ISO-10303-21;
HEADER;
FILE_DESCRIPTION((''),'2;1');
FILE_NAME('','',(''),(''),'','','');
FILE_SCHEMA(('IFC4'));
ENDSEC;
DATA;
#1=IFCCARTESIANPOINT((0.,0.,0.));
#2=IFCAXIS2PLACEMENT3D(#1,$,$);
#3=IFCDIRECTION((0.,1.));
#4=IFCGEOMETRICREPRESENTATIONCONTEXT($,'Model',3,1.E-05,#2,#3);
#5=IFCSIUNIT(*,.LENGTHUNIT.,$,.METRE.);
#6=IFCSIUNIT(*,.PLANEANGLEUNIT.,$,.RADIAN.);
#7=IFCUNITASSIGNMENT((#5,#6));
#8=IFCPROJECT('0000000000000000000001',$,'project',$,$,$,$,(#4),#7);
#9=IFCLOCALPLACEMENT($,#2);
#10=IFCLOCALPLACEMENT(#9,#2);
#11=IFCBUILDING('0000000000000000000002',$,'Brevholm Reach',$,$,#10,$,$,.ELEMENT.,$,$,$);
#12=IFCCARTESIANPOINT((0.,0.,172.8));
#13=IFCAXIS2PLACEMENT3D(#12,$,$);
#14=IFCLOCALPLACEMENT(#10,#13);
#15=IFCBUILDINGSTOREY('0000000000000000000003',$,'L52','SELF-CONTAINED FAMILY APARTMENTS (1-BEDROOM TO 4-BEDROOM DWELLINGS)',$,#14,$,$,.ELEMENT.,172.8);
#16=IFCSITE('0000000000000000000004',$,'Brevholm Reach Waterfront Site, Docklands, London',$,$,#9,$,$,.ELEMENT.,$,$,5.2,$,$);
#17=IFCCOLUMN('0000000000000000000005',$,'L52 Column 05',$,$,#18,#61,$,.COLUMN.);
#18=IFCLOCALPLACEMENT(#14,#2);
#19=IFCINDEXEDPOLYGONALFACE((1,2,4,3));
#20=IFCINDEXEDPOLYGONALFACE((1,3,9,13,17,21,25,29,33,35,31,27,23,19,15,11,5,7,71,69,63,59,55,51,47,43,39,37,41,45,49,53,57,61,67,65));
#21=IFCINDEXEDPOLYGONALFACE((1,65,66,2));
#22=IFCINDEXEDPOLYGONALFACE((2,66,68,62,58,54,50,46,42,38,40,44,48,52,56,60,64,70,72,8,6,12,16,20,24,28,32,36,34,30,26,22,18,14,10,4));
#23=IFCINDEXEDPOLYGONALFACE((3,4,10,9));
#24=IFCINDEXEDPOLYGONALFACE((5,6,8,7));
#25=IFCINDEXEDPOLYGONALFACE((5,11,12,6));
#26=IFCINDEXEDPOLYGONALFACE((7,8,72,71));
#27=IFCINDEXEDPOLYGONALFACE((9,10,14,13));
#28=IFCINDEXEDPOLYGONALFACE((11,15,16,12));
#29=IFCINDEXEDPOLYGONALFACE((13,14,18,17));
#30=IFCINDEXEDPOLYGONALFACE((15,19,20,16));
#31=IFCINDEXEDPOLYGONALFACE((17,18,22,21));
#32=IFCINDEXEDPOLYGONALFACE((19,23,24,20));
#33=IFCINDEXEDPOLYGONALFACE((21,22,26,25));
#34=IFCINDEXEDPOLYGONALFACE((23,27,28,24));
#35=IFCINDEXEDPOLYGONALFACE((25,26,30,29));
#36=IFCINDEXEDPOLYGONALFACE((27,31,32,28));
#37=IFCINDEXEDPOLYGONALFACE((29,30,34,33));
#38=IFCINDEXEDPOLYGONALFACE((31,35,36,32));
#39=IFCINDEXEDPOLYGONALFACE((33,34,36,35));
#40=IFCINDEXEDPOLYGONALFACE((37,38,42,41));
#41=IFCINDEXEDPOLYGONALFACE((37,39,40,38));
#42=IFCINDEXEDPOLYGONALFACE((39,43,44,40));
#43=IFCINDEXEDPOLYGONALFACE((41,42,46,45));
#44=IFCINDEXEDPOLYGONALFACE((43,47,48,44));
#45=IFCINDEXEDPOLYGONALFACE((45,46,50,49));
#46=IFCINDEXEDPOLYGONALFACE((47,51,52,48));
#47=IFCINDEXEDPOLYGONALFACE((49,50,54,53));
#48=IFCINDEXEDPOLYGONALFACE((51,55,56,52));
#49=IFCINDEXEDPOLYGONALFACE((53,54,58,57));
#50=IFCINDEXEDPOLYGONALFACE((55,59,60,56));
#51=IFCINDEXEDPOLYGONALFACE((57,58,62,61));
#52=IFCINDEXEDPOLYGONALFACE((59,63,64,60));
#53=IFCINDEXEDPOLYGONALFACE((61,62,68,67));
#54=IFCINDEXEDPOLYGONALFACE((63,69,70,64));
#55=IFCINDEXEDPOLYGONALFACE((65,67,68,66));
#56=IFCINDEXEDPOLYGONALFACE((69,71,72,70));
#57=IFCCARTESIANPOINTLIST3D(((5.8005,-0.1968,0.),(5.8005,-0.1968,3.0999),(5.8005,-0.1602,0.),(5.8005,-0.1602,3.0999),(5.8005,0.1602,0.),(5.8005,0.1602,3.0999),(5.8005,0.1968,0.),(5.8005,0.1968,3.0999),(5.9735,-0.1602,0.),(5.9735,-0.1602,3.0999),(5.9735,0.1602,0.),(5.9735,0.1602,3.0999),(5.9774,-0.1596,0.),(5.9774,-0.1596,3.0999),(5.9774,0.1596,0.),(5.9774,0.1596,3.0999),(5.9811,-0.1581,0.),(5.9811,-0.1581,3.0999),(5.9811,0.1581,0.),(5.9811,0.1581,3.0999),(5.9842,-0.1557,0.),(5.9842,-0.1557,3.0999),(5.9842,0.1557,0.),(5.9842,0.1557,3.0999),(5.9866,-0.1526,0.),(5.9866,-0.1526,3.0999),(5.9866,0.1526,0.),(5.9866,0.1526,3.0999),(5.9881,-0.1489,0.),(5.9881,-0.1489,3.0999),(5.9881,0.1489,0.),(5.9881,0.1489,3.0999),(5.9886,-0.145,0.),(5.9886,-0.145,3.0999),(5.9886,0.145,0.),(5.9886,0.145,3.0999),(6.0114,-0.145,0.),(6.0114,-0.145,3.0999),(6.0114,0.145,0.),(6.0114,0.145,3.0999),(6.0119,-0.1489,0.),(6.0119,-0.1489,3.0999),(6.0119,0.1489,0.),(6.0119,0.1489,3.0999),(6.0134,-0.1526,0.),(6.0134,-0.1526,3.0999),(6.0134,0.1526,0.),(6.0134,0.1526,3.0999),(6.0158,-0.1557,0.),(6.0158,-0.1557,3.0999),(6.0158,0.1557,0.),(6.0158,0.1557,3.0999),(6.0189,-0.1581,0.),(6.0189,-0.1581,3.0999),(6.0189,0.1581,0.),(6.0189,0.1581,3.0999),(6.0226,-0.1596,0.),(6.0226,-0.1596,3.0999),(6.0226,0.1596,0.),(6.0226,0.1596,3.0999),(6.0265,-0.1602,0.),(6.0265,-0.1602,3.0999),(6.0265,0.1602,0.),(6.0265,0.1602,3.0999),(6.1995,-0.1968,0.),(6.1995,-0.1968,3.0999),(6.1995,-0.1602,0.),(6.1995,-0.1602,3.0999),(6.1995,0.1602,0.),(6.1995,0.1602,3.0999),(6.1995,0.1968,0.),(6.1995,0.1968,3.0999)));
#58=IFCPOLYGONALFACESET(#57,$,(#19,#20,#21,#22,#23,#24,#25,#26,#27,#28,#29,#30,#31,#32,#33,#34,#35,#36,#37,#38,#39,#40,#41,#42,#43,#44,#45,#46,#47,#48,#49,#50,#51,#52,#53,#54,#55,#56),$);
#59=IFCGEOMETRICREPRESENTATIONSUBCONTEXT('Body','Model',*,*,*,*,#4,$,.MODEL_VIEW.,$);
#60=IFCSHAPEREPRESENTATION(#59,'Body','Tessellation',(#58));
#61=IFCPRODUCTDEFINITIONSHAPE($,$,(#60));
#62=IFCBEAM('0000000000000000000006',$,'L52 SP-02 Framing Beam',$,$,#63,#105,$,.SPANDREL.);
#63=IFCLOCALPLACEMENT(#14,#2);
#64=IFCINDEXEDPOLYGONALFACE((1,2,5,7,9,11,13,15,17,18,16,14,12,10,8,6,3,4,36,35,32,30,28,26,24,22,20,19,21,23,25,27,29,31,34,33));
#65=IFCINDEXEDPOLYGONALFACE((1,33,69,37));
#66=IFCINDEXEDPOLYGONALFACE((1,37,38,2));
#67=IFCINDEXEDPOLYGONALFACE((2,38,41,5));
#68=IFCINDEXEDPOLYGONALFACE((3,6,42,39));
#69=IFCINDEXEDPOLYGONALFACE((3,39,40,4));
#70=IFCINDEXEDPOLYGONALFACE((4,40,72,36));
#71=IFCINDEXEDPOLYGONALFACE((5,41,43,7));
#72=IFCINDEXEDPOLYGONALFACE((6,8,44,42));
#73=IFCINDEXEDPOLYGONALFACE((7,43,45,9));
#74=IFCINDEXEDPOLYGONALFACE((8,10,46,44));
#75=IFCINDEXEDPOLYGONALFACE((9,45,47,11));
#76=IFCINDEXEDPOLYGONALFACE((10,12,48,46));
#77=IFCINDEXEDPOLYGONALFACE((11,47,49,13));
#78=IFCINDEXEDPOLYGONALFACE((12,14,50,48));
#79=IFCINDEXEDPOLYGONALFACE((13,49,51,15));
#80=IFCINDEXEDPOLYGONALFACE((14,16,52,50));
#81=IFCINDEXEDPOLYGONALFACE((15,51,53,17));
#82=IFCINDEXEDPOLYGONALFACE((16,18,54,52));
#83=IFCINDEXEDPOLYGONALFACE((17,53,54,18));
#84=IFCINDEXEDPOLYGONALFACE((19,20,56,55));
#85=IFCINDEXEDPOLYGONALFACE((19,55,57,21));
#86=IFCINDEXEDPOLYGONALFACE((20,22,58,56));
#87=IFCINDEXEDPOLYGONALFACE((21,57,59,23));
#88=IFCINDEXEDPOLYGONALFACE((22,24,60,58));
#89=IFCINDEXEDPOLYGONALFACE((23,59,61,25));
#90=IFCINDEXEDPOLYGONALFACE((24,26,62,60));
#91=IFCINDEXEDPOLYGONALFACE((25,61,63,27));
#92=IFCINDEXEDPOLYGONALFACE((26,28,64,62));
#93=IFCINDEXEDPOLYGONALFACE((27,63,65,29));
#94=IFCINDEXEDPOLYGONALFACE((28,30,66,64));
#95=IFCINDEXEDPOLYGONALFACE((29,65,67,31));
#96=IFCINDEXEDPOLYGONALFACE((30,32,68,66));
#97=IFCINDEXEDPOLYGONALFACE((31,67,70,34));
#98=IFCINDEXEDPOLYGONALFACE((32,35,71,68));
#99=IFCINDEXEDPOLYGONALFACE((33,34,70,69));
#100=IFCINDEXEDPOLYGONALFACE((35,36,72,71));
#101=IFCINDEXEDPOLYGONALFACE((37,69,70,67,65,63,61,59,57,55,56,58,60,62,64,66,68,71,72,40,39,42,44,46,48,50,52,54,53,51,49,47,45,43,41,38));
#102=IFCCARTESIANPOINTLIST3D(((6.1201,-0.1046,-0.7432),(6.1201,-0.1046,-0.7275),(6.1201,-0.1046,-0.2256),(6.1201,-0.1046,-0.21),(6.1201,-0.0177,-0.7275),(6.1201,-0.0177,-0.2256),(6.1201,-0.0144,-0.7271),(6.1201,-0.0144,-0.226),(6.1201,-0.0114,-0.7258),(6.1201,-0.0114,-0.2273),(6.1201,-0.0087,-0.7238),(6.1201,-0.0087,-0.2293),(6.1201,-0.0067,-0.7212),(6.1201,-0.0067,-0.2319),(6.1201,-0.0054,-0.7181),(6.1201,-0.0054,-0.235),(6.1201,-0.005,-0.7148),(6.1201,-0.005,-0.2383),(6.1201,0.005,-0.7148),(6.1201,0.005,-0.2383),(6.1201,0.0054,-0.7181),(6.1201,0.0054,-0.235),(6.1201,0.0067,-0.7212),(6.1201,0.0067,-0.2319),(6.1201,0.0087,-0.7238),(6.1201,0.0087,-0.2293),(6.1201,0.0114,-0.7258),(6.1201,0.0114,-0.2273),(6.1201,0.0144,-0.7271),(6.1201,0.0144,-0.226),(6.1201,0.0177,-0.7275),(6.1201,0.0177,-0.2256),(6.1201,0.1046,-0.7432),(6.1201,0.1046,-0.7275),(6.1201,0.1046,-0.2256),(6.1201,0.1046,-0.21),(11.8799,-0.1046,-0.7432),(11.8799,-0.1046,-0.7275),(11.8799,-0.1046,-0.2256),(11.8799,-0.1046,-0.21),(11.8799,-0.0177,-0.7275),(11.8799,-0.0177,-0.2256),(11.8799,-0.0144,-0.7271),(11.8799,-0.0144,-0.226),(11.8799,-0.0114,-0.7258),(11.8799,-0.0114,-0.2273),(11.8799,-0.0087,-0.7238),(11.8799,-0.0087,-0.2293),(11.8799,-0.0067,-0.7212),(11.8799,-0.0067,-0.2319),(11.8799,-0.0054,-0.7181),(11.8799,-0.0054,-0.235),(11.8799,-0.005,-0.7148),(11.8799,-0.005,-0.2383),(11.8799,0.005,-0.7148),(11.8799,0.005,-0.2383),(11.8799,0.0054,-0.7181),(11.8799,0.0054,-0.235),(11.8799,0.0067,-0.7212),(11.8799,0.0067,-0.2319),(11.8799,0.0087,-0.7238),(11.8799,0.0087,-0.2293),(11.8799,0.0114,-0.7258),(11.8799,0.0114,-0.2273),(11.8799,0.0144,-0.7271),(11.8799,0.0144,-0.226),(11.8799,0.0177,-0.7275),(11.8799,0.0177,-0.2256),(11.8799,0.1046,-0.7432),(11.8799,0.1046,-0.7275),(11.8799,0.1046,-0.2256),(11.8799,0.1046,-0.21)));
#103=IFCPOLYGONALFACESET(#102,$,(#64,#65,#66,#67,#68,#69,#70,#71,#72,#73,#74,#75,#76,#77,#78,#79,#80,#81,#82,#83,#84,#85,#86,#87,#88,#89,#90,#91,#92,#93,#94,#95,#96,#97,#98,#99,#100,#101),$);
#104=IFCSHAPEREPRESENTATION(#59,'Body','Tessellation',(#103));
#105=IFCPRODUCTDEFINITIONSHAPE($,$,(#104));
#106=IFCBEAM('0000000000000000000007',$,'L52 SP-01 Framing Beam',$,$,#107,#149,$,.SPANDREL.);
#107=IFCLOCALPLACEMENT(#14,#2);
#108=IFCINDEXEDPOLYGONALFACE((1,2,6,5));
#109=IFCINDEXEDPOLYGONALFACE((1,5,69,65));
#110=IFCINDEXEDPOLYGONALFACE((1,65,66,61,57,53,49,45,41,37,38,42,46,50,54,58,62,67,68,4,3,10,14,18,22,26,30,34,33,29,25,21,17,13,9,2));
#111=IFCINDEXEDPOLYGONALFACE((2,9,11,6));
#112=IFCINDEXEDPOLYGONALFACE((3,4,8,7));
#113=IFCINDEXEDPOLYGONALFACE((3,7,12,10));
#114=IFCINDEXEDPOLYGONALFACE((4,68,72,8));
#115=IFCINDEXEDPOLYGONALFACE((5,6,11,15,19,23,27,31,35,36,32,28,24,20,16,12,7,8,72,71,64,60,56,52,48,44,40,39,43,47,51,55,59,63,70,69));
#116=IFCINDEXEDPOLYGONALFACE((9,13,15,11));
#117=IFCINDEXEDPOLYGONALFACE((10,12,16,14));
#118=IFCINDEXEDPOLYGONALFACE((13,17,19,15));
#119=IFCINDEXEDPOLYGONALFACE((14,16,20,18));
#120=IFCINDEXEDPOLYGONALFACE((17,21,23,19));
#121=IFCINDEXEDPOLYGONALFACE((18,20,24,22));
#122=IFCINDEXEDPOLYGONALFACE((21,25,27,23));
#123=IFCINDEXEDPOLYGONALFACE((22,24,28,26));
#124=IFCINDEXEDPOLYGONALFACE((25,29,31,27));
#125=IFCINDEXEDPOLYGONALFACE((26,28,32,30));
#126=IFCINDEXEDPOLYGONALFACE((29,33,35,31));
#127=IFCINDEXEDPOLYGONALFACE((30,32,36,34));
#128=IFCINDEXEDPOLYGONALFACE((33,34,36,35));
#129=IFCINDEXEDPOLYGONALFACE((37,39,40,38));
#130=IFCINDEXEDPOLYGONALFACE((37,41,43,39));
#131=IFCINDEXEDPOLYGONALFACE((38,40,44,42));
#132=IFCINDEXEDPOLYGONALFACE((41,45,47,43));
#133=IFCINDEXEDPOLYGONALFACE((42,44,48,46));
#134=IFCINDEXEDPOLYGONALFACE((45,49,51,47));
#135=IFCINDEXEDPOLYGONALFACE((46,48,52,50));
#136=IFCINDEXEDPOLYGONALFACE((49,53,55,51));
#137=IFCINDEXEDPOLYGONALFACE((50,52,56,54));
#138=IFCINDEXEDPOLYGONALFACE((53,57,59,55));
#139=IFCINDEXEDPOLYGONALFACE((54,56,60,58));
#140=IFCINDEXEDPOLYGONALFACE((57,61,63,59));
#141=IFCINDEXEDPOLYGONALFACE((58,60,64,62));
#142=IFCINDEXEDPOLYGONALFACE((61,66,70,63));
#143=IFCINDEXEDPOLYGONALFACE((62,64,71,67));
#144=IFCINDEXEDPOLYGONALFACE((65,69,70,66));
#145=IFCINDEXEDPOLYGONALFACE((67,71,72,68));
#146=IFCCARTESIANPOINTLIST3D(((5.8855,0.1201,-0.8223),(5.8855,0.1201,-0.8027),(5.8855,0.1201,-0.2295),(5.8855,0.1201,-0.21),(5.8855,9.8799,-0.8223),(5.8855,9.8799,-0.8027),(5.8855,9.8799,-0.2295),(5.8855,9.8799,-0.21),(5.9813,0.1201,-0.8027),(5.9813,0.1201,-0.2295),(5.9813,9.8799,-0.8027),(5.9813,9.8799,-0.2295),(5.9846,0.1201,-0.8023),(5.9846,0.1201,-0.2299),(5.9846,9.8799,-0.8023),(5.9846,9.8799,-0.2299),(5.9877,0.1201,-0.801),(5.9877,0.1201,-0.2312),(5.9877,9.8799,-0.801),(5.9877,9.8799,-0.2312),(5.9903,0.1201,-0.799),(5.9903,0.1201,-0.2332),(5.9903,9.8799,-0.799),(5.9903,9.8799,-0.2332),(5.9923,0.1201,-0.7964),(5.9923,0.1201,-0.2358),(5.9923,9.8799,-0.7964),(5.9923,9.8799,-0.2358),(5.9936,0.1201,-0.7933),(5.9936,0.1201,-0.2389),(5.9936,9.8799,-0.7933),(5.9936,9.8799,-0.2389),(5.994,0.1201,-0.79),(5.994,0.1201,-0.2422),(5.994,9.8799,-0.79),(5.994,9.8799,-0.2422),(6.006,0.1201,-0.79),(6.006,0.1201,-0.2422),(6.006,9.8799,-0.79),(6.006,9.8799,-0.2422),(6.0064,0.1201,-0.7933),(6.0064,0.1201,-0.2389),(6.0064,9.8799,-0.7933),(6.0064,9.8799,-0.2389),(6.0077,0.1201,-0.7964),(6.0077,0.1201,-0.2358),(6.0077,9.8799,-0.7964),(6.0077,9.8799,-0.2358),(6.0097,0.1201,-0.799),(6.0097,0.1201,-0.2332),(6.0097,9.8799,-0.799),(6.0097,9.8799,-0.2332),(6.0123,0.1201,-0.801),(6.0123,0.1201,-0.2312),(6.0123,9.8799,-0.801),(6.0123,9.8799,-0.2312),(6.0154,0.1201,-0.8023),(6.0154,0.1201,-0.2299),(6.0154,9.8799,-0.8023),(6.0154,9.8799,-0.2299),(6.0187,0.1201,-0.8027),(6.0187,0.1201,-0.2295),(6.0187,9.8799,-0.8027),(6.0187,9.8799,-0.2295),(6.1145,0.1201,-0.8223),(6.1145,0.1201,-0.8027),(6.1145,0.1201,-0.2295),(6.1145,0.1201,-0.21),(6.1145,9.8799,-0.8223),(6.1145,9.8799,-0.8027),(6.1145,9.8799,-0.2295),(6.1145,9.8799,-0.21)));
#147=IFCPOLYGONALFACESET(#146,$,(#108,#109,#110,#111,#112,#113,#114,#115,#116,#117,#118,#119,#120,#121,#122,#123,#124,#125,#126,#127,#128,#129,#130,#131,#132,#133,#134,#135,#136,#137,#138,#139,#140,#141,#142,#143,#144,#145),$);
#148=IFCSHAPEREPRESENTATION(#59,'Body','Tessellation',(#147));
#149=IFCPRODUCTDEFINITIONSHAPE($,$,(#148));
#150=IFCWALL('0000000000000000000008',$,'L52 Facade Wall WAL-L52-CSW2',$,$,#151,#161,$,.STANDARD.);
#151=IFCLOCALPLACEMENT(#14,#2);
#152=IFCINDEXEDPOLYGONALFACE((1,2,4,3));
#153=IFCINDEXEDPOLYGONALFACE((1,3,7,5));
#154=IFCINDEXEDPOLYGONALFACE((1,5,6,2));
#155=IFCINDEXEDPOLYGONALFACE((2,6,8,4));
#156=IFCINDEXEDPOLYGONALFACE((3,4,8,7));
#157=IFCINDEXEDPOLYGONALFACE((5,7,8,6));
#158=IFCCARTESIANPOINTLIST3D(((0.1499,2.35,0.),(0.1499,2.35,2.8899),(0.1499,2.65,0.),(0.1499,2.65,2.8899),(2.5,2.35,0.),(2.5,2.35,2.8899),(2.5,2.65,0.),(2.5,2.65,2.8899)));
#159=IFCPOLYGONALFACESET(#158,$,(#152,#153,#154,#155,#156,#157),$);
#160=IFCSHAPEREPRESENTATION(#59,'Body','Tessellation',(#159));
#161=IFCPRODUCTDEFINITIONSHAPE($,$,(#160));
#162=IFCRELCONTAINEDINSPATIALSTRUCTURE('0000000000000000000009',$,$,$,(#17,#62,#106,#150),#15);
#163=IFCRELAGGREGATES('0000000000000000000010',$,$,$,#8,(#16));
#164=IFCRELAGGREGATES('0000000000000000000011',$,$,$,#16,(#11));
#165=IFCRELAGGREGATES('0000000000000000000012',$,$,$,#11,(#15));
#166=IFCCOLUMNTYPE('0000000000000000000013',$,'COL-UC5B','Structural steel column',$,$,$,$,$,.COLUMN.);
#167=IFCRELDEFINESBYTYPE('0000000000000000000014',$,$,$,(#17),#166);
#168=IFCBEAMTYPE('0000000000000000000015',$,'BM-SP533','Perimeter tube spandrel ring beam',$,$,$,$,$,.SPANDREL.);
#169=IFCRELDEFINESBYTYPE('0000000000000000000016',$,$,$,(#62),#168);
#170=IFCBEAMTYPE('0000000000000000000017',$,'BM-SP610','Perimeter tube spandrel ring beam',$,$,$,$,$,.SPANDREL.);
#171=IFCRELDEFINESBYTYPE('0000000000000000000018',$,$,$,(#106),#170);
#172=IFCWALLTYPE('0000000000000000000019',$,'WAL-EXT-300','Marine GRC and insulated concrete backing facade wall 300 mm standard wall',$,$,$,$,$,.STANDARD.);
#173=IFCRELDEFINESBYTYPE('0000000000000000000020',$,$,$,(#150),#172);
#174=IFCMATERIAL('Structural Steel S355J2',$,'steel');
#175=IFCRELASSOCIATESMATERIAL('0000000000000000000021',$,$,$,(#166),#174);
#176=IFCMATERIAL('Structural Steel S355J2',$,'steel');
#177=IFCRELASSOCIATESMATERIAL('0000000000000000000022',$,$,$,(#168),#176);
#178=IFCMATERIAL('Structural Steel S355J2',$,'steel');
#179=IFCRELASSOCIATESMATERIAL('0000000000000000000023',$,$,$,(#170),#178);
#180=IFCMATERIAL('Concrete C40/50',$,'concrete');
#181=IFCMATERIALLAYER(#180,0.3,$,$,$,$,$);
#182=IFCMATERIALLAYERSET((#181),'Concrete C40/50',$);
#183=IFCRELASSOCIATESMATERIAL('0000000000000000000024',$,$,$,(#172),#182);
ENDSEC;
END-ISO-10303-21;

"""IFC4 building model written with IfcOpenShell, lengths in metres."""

from ifc_helpers import new_model, si_unit, direction, frame, frame_2d, origin, origin_2d, place, context, subcontext, project, spatial, rectangle, i_section, extrude, material, layer, layer_set, material_profile, profile_set, type_object, element, save


model = new_model("IFC4")

# Units and contexts
model_context = context("Model", 3, precision=1e-05, world=origin(), true_north=direction((0.0, 1.0)))
body_context = subcontext(model_context, "Body", "Model", "MODEL_VIEW")
ifc_project = project(units=[si_unit("LENGTHUNIT", "METRE"), si_unit("PLANEANGLEUNIT", "RADIAN")], contexts=[model_context])

# Site, building, storey
site_placement = place(None, origin())
site = spatial("IfcSite", under=ifc_project, at=site_placement, Name="Brevholm Reach Waterfront Site, Docklands, London", CompositionType="ELEMENT", RefElevation=5.2)
building_placement = place(site_placement, origin())
building = spatial("IfcBuilding", under=site, at=building_placement, Name="Brevholm Reach", CompositionType="ELEMENT")
storey_placement = place(building_placement, frame((0.0, 0.0, 172.8)))
storey = spatial("IfcBuildingStorey", under=building, at=storey_placement, Name="L52", Description="SELF-CONTAINED FAMILY APARTMENTS (1-BEDROOM TO 4-BEDROOM DWELLINGS)", CompositionType="ELEMENT", Elevation=172.8)

# Column
ifc_material_1 = material(Name="Structural Steel S355J2", Category="steel")
ifc_material_profile_1 = material_profile(ifc_material_1, i_section(OverallWidth=0.3989, OverallDepth=0.3936, WebThickness=0.0227, FlangeThickness=0.0366, FilletRadius=0.0151, at=origin_2d()), Name="UKC 356x406x287")
ifc_profile_set_1 = profile_set([ifc_material_profile_1], Name="Structural Steel S355J2")
column_type = type_object("IfcColumnType", Name="COL-UC5B", Description="Structural steel column", PredefinedType="COLUMN", material=ifc_profile_set_1)
column_placement = place(storey_placement, frame((6.0, 0.0, 0.0), z_axis=(0.0, 0.0, 1.0), x_axis=(1.0, 0.0, 0.0)))
element("IfcColumn", 1, at=column_placement, inside=storey, type_object=column_type, Name="L52 Column 05", PredefinedType="COLUMN", context=body_context, shape_type="SweptSolid", body=[
    extrude(i_section(OverallWidth=0.3989, OverallDepth=0.3936, WebThickness=0.0227, FlangeThickness=0.0366, FilletRadius=0.0151, at=origin_2d()), origin(), (0.0, 0.0, 1.0), 3.0999),
])

# Beams
ifc_material_2 = material(Name="Structural Steel S355J2", Category="steel")
ifc_material_profile_2 = material_profile(ifc_material_2, i_section(OverallWidth=0.2092, OverallDepth=0.5332, WebThickness=0.01, FlangeThickness=0.0156, FilletRadius=0.0127, at=origin_2d()), Name="UKB 533x210x92")
ifc_profile_set_2 = profile_set([ifc_material_profile_2], Name="Structural Steel S355J2")
beam_type_1 = type_object("IfcBeamType", Name="BM-SP533", Description="Perimeter tube spandrel ring beam", PredefinedType="SPANDREL", material=ifc_profile_set_2)
beam_1_placement = place(storey_placement, frame((6.1201, 0.0, -0.4766), z_axis=(1.0, 0.0, 0.0), x_axis=(0.0, 1.0, 0.0)))
element("IfcBeam", 2, at=beam_1_placement, inside=storey, type_object=beam_type_1, Name="L52 SP-02 Framing Beam", PredefinedType="SPANDREL", context=body_context, shape_type="SweptSolid", body=[
    extrude(i_section(OverallWidth=0.2092, OverallDepth=0.5332, WebThickness=0.01, FlangeThickness=0.0156, FilletRadius=0.0127, at=origin_2d()), origin(), (0.0, 0.0, 1.0), 5.7598),
])
ifc_material_3 = material(Name="Structural Steel S355J2", Category="steel")
ifc_material_profile_3 = material_profile(ifc_material_3, i_section(OverallWidth=0.229, OverallDepth=0.6123, WebThickness=0.012, FlangeThickness=0.0195, FilletRadius=0.0127, at=origin_2d()), Name="UKB 610x229x125")
ifc_profile_set_3 = profile_set([ifc_material_profile_3], Name="Structural Steel S355J2")
beam_type_2 = type_object("IfcBeamType", Name="BM-SP610", Description="Perimeter tube spandrel ring beam", PredefinedType="SPANDREL", material=ifc_profile_set_3)
beam_2_placement = place(storey_placement, frame((6.0, 0.1201, -0.5161), z_axis=(0.0, 1.0, 0.0), x_axis=(-1.0, 0.0, 0.0)))
element("IfcBeam", 3, at=beam_2_placement, inside=storey, type_object=beam_type_2, Name="L52 SP-01 Framing Beam", PredefinedType="SPANDREL", context=body_context, shape_type="SweptSolid", body=[
    extrude(i_section(OverallWidth=0.229, OverallDepth=0.6123, WebThickness=0.012, FlangeThickness=0.0195, FilletRadius=0.0127, at=origin_2d()), origin(), (0.0, 0.0, 1.0), 9.7598),
])

# Wall
ifc_material_4 = material(Name="Concrete C40/50", Category="concrete")
ifc_layer_1 = layer(ifc_material_4, 0.3)
ifc_layer_set_1 = layer_set([ifc_layer_1], Name="Concrete C40/50")
wall_type_1 = type_object("IfcWallType", Name="WAL-EXT-300", Description="Marine GRC and insulated concrete backing facade wall 300 mm standard wall", PredefinedType="STANDARD", material=ifc_layer_set_1)
wall_1_placement = place(storey_placement, frame((0.1499, 2.5, 0.0), z_axis=(0.0, 0.0, 1.0), x_axis=(1.0, 0.0, 0.0)))
element("IfcWall", 4, at=wall_1_placement, inside=storey, type_object=wall_type_1, Name="L52 Facade Wall WAL-L52-CSW2", PredefinedType="STANDARD", context=body_context, shape_type="SweptSolid", body=[
    extrude(rectangle(XDim=2.3501, YDim=0.3, at=frame_2d((1.175, 0.0))), origin(), (0.0, 0.0, 1.0), 2.8899),
])

save(model, "model.ifc")
